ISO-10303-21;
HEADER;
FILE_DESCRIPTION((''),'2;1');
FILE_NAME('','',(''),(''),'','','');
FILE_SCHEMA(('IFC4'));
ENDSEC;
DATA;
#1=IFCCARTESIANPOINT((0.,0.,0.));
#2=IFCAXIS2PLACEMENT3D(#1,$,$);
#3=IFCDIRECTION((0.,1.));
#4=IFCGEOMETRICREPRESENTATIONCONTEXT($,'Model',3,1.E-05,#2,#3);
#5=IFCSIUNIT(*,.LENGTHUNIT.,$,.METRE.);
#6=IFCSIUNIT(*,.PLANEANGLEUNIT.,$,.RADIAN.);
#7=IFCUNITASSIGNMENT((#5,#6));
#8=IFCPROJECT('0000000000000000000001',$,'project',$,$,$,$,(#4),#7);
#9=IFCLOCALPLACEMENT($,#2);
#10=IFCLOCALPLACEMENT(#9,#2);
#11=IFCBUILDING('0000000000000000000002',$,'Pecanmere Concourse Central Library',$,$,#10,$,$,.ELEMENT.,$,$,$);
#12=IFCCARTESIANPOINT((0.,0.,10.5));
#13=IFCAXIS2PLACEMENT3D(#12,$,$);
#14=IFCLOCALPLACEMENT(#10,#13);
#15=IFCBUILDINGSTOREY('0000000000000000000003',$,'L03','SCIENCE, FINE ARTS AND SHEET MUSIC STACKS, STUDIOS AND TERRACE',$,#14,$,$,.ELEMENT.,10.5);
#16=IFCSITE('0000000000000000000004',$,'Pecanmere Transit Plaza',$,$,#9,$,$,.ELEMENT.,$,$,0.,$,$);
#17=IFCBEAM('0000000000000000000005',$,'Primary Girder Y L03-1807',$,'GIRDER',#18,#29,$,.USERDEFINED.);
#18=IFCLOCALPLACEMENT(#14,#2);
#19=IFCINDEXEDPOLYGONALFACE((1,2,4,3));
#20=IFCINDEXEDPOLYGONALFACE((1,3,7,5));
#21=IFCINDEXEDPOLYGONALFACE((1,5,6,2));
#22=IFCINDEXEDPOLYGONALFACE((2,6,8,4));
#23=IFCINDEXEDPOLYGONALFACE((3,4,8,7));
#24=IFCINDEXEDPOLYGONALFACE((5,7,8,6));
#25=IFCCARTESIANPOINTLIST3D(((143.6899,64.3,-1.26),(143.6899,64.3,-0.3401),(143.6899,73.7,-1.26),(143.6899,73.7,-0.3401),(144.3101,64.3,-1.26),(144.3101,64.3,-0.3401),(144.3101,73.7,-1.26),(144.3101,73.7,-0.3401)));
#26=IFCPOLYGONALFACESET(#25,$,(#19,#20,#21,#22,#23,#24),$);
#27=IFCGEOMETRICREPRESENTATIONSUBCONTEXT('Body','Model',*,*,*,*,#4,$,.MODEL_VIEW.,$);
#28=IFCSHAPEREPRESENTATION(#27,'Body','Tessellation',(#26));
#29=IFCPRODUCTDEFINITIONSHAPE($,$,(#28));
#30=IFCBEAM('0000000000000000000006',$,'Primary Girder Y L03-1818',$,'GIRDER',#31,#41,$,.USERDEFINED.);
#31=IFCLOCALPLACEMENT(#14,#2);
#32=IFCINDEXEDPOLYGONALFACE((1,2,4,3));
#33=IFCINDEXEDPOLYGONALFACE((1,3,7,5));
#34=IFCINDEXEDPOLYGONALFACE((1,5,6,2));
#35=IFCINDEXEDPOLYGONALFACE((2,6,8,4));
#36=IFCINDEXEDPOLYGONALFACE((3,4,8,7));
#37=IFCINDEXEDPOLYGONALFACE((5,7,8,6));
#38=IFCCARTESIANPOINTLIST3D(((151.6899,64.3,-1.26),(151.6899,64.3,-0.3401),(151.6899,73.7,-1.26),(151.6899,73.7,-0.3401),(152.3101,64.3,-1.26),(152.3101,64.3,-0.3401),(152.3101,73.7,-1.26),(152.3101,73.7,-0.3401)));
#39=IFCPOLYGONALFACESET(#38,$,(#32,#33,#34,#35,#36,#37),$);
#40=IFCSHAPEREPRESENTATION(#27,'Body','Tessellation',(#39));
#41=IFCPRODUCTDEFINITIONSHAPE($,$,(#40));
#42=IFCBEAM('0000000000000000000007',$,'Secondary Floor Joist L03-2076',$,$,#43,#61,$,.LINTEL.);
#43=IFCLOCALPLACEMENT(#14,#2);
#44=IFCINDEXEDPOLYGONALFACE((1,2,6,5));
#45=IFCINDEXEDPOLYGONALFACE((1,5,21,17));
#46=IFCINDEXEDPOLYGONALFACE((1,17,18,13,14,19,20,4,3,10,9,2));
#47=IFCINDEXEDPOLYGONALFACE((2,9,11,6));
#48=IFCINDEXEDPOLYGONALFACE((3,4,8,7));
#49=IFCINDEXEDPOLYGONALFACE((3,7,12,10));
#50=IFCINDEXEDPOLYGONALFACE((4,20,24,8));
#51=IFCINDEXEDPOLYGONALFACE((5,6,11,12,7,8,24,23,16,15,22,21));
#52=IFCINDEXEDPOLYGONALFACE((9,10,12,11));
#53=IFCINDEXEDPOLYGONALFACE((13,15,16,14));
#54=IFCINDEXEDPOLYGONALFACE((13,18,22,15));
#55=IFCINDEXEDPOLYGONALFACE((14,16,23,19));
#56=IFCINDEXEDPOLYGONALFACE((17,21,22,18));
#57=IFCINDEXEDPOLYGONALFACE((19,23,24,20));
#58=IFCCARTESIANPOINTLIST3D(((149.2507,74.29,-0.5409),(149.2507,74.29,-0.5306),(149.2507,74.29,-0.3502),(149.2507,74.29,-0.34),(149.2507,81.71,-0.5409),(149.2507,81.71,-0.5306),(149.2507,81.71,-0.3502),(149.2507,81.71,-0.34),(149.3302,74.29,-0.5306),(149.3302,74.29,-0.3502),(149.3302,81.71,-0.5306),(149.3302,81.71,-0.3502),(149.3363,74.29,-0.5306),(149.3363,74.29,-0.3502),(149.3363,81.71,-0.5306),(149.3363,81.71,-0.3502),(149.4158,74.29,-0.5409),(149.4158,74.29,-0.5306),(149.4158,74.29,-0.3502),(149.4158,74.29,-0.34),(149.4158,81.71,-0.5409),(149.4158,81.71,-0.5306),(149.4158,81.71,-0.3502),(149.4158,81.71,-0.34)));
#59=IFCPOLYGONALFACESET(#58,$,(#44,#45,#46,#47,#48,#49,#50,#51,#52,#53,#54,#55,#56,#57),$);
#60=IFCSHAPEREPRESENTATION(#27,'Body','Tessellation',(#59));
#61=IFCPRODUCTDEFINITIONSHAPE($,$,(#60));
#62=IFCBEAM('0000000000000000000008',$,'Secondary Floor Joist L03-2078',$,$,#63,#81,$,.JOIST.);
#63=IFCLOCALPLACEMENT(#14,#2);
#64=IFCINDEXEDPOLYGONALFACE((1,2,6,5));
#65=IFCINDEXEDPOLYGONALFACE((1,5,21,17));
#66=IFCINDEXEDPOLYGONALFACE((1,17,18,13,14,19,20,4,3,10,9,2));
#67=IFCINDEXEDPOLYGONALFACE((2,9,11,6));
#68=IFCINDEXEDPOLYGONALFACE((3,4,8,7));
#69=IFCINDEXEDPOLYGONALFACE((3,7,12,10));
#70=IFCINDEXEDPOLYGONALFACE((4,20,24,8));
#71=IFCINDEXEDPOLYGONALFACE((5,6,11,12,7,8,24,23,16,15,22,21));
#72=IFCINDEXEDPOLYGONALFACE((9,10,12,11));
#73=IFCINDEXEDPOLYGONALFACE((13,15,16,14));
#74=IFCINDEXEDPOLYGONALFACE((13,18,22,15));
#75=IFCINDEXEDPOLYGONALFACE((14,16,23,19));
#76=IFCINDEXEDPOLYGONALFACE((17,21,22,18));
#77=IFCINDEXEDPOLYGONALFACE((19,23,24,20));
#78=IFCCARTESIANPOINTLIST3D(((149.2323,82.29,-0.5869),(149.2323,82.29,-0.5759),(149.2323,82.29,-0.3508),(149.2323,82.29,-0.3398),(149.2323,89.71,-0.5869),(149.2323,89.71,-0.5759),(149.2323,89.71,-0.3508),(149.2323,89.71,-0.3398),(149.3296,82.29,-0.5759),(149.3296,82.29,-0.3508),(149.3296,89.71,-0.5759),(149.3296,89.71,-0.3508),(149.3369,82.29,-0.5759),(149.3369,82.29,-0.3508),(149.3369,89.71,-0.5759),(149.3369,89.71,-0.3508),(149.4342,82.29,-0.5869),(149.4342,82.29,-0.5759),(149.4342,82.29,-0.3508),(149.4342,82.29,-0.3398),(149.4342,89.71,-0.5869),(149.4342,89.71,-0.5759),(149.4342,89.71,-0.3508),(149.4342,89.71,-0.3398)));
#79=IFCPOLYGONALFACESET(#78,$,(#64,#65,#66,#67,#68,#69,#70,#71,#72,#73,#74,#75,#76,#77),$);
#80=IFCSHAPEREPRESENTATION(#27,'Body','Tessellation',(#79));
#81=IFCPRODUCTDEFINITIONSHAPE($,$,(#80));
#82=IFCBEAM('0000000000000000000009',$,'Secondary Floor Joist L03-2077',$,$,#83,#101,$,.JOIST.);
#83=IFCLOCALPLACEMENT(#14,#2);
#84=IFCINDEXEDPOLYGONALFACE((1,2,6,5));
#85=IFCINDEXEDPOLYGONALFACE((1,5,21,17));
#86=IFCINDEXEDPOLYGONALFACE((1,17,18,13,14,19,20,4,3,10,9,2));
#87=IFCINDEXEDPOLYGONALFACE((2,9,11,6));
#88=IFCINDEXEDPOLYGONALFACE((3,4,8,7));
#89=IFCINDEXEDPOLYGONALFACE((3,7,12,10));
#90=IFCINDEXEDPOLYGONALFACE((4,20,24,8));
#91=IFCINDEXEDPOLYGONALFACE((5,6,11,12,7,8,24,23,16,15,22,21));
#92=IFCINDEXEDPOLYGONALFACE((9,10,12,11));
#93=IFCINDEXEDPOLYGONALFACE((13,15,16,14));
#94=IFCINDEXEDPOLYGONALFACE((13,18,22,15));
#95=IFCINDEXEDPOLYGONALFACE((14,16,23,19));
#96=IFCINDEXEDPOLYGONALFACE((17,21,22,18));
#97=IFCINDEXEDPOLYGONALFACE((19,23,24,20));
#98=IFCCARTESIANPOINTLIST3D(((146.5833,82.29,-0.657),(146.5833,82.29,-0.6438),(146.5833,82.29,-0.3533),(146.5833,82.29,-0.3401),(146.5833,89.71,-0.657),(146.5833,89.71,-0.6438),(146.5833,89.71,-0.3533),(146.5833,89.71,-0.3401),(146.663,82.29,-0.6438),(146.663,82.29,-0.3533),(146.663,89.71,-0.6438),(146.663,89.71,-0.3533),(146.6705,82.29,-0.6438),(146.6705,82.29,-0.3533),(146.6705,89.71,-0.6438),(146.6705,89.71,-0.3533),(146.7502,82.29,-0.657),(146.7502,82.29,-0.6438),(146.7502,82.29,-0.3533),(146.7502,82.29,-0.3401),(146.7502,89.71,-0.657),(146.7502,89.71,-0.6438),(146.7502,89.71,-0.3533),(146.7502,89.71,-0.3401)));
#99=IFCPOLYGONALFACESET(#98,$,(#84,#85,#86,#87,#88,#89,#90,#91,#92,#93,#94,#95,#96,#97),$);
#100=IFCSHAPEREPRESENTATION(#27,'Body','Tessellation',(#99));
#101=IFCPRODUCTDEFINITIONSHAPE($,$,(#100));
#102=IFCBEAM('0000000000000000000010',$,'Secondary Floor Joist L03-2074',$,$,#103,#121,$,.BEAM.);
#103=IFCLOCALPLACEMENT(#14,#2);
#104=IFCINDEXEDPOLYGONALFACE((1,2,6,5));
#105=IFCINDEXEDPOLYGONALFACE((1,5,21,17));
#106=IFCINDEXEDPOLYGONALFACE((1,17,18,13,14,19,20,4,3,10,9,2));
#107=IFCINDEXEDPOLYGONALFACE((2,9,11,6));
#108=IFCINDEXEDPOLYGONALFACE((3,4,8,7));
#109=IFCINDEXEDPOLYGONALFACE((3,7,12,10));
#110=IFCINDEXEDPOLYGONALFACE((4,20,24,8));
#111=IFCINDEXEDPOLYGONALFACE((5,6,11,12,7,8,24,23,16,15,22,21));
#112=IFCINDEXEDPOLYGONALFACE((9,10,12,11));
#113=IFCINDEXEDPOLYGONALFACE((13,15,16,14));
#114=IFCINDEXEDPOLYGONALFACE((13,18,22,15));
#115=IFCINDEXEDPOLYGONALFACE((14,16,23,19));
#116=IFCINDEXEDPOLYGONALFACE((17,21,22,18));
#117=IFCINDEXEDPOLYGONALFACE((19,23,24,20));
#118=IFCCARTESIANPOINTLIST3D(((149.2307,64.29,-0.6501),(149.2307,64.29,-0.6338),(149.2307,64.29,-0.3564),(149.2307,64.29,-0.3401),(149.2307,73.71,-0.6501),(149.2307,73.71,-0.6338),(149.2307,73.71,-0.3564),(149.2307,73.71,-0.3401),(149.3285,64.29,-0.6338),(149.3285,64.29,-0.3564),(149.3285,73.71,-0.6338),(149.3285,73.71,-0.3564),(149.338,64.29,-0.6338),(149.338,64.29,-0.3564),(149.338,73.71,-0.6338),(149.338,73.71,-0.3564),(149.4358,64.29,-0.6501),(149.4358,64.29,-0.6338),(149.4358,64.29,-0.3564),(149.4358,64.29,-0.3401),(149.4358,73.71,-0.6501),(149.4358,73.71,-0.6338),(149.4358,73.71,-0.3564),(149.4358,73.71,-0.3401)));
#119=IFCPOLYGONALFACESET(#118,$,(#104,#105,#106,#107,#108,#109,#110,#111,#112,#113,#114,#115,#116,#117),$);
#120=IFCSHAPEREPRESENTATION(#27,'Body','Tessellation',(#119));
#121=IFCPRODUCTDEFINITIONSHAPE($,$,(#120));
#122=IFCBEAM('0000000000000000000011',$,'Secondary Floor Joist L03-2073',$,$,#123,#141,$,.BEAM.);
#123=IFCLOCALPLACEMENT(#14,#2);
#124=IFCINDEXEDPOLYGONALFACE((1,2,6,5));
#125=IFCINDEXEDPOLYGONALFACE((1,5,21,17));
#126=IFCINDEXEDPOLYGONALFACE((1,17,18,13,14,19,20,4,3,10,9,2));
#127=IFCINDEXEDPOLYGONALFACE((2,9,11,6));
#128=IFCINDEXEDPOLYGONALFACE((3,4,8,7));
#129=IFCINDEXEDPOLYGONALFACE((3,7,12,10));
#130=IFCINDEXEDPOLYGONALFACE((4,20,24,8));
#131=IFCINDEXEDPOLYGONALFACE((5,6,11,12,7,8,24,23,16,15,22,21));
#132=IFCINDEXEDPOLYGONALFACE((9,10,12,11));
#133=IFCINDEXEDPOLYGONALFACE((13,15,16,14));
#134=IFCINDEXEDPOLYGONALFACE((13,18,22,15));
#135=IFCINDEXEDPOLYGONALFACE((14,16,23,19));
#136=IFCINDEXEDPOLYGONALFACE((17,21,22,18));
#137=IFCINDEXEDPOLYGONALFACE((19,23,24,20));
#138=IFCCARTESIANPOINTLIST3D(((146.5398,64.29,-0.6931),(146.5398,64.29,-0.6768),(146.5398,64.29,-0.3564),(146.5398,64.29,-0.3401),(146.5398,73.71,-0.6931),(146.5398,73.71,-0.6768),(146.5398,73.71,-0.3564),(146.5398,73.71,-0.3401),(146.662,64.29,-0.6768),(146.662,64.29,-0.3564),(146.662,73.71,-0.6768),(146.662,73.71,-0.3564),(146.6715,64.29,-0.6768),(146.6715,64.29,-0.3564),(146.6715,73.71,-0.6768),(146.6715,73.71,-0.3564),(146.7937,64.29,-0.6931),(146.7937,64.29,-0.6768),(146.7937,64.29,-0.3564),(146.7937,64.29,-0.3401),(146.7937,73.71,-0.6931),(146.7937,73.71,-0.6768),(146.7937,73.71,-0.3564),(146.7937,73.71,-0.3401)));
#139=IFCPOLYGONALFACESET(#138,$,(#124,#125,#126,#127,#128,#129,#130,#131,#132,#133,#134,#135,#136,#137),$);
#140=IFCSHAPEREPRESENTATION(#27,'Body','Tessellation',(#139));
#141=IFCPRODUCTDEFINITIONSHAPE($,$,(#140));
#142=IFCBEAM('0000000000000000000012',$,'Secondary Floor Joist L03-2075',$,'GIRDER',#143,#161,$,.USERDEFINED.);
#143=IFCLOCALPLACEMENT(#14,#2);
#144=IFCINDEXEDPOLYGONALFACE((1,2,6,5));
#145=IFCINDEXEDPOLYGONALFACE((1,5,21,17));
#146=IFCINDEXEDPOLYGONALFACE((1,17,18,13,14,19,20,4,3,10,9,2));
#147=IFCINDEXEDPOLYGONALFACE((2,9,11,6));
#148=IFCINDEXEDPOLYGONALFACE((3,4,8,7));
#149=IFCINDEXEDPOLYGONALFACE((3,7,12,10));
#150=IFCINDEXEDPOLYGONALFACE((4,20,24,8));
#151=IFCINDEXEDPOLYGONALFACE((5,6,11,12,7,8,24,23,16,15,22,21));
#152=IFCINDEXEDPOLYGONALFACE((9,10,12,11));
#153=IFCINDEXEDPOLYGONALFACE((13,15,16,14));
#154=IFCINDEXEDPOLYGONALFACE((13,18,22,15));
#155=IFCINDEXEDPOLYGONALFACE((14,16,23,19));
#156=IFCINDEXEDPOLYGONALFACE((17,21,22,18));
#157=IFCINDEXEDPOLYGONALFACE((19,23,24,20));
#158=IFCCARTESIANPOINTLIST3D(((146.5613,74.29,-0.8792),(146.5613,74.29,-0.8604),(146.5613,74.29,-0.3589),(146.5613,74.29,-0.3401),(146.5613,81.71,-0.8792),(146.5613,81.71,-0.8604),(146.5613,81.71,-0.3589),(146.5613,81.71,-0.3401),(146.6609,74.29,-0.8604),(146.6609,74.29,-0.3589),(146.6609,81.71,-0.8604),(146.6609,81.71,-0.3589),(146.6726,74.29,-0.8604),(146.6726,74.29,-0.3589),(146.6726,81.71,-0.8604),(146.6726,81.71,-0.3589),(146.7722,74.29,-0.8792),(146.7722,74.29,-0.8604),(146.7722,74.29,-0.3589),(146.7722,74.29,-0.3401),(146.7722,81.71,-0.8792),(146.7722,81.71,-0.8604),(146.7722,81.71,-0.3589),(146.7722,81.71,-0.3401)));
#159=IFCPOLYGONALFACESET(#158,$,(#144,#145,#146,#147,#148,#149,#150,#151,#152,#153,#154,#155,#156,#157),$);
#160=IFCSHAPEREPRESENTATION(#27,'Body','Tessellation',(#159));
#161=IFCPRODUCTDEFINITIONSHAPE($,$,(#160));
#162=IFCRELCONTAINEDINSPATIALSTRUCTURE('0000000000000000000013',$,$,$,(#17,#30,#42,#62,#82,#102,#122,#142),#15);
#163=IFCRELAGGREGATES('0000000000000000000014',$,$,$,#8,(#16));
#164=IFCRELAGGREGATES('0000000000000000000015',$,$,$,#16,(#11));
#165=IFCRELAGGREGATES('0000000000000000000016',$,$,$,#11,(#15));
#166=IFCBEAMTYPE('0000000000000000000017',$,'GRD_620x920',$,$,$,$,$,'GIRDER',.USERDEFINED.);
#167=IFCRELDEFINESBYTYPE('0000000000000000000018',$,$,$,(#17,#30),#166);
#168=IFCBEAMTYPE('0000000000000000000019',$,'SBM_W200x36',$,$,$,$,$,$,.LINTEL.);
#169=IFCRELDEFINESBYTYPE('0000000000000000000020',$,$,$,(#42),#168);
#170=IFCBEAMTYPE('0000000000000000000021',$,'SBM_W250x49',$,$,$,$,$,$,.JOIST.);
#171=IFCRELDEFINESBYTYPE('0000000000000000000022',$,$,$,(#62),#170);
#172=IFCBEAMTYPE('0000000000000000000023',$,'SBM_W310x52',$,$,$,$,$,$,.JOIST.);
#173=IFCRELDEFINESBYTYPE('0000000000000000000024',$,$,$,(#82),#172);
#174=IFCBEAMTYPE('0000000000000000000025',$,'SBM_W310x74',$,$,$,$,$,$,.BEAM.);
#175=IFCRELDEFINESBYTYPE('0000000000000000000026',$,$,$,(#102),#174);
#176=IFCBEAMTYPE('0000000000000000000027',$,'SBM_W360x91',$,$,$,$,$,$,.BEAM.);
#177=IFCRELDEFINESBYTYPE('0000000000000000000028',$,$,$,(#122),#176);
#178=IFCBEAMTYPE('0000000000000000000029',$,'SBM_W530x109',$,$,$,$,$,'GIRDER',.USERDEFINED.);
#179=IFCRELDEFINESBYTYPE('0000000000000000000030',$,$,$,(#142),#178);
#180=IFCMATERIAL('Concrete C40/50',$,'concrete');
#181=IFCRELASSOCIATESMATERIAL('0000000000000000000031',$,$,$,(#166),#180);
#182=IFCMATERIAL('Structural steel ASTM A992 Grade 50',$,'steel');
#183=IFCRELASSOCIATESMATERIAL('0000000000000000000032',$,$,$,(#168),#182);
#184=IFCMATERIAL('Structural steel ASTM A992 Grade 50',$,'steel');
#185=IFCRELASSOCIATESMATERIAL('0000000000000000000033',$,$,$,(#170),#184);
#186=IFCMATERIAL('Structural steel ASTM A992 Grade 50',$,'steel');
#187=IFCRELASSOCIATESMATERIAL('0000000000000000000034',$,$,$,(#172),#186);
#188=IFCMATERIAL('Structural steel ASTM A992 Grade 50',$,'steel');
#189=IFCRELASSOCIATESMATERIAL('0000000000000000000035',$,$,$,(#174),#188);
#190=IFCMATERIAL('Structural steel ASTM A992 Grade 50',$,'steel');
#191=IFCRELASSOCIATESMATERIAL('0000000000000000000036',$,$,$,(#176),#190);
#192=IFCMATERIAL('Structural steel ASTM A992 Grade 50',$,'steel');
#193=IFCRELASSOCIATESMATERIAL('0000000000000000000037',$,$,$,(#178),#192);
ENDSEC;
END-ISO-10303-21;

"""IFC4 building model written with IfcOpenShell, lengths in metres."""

from ifc_helpers import new_model, si_unit, direction, frame, origin, origin_2d, place, context, subcontext, project, spatial, rectangle, i_section, extrude, material, material_profile, profile_set, type_object, element, save


model = new_model("IFC4")

# Units and contexts
model_context = context("Model", 3, precision=1e-05, world=origin(), true_north=direction((0.0, 1.0)))
body_context = subcontext(model_context, "Body", "Model", "MODEL_VIEW")
ifc_project = project(units=[si_unit("LENGTHUNIT", "METRE"), si_unit("PLANEANGLEUNIT", "RADIAN")], contexts=[model_context])

# Site, building, storey
site_placement = place(None, origin())
site = spatial("IfcSite", under=ifc_project, at=site_placement, Name="Pecanmere Transit Plaza", CompositionType="ELEMENT", RefElevation=0.0)
building_placement = place(site_placement, origin())
building = spatial("IfcBuilding", under=site, at=building_placement, Name="Pecanmere Concourse Central Library", CompositionType="ELEMENT")
storey_placement = place(building_placement, frame((0.0, 0.0, 10.5)))
storey = spatial("IfcBuildingStorey", under=building, at=storey_placement, Name="L03", Description="SCIENCE, FINE ARTS AND SHEET MUSIC STACKS, STUDIOS AND TERRACE", CompositionType="ELEMENT", Elevation=10.5)

# Beams
ifc_material_1 = material(Name="Concrete C40/50", Category="concrete")
ifc_material_profile_1 = material_profile(ifc_material_1, rectangle(XDim=0.6201, YDim=0.9199, at=origin_2d()), Name="RC 620x920")
ifc_profile_set_1 = profile_set([ifc_material_profile_1], Name="Concrete C40/50")
beam_type_1 = type_object("IfcBeamType", Name="GRD_620x920", ElementType="GIRDER", PredefinedType="USERDEFINED", material=ifc_profile_set_1)
for number, where, z_axis, x_axis, name in (
    (1, (144.0, 64.3, -0.8), (0.0, 1.0, 0.0), (-1.0, 0.0, 0.0), "Primary Girder Y L03-1807"),
    (2, (152.0, 64.3, -0.8), (0.0, 1.0, 0.0), (-1.0, 0.0, 0.0), "Primary Girder Y L03-1818"),
):
    element("IfcBeam", number, at=place(storey_placement, frame(where, z_axis=z_axis, x_axis=x_axis)), inside=storey, type_object=beam_type_1, Name=name, ObjectType="GIRDER", PredefinedType="USERDEFINED", context=body_context, shape_type="SweptSolid", body=[
        extrude(rectangle(XDim=0.6201, YDim=0.9199, at=origin_2d()), origin(), (0.0, 0.0, 1.0), 9.3999),
    ])
ifc_material_2 = material(Name="Structural steel ASTM A992 Grade 50", Category="steel")
ifc_material_profile_2 = material_profile(ifc_material_2, i_section(OverallWidth=0.165, OverallDepth=0.2009, WebThickness=0.0061, FlangeThickness=0.0103, at=origin_2d()), Name="W200x35.9")
ifc_profile_set_2 = profile_set([ifc_material_profile_2], Name="Structural steel ASTM A992 Grade 50")
beam_type_2 = type_object("IfcBeamType", Name="SBM_W200x36", PredefinedType="LINTEL", material=ifc_profile_set_2)
beam_1_placement = place(storey_placement, frame((149.3333, 74.29, -0.4404), z_axis=(0.0, 1.0, 0.0), x_axis=(-1.0, 0.0, 0.0)))
element("IfcBeam", 3, at=beam_1_placement, inside=storey, type_object=beam_type_2, Name="Secondary Floor Joist L03-2076", PredefinedType="LINTEL", context=body_context, shape_type="SweptSolid", body=[
    extrude(i_section(OverallWidth=0.165, OverallDepth=0.2009, WebThickness=0.0061, FlangeThickness=0.0103, at=origin_2d()), origin(), (0.0, 0.0, 1.0), 7.4199),
])
ifc_material_3 = material(Name="Structural steel ASTM A992 Grade 50", Category="steel")
ifc_material_profile_3 = material_profile(ifc_material_3, i_section(OverallWidth=0.2019, OverallDepth=0.2471, WebThickness=0.0073, FlangeThickness=0.011, at=origin_2d()), Name="W250x49.1")
ifc_profile_set_3 = profile_set([ifc_material_profile_3], Name="Structural steel ASTM A992 Grade 50")
beam_type_3 = type_object("IfcBeamType", Name="SBM_W250x49", PredefinedType="JOIST", material=ifc_profile_set_3)
beam_2_placement = place(storey_placement, frame((149.3333, 82.29, -0.4634), z_axis=(0.0, 1.0, 0.0), x_axis=(-1.0, 0.0, 0.0)))
element("IfcBeam", 4, at=beam_2_placement, inside=storey, type_object=beam_type_3, Name="Secondary Floor Joist L03-2078", PredefinedType="JOIST", context=body_context, shape_type="SweptSolid", body=[
    extrude(i_section(OverallWidth=0.2019, OverallDepth=0.2471, WebThickness=0.0073, FlangeThickness=0.011, at=origin_2d()), origin(), (0.0, 0.0, 1.0), 7.4199),
])
ifc_material_4 = material(Name="Structural steel ASTM A992 Grade 50", Category="steel")
ifc_material_profile_4 = material_profile(ifc_material_4, i_section(OverallWidth=0.167, OverallDepth=0.3169, WebThickness=0.0076, FlangeThickness=0.0132, at=origin_2d()), Name="W310x52")
ifc_profile_set_4 = profile_set([ifc_material_profile_4], Name="Structural steel ASTM A992 Grade 50")
beam_type_4 = type_object("IfcBeamType", Name="SBM_W310x52", PredefinedType="JOIST", material=ifc_profile_set_4)
beam_3_placement = place(storey_placement, frame((146.6667, 82.29, -0.4985), z_axis=(0.0, 1.0, 0.0), x_axis=(-1.0, 0.0, 0.0)))
element("IfcBeam", 5, at=beam_3_placement, inside=storey, type_object=beam_type_4, Name="Secondary Floor Joist L03-2077", PredefinedType="JOIST", context=body_context, shape_type="SweptSolid", body=[
    extrude(i_section(OverallWidth=0.167, OverallDepth=0.3169, WebThickness=0.0076, FlangeThickness=0.0132, at=origin_2d()), origin(), (0.0, 0.0, 1.0), 7.4199),
])
ifc_material_5 = material(Name="Structural steel ASTM A992 Grade 50", Category="steel")
ifc_material_profile_5 = material_profile(ifc_material_5, i_section(OverallWidth=0.2051, OverallDepth=0.3101, WebThickness=0.0095, FlangeThickness=0.0164, at=origin_2d()), Name="W310x74")
ifc_profile_set_5 = profile_set([ifc_material_profile_5], Name="Structural steel ASTM A992 Grade 50")
beam_type_5 = type_object("IfcBeamType", Name="SBM_W310x74", PredefinedType="BEAM", material=ifc_profile_set_5)
beam_4_placement = place(storey_placement, frame((149.3333, 64.29, -0.4951), z_axis=(0.0, 1.0, 0.0), x_axis=(-1.0, 0.0, 0.0)))
element("IfcBeam", 6, at=beam_4_placement, inside=storey, type_object=beam_type_5, Name="Secondary Floor Joist L03-2074", PredefinedType="BEAM", context=body_context, shape_type="SweptSolid", body=[
    extrude(i_section(OverallWidth=0.2051, OverallDepth=0.3101, WebThickness=0.0095, FlangeThickness=0.0164, at=origin_2d()), origin(), (0.0, 0.0, 1.0), 9.4199),
])
ifc_material_6 = material(Name="Structural steel ASTM A992 Grade 50", Category="steel")
ifc_material_profile_6 = material_profile(ifc_material_6, i_section(OverallWidth=0.2539, OverallDepth=0.353, WebThickness=0.0095, FlangeThickness=0.0164, at=origin_2d()), Name="W360x91")
ifc_profile_set_6 = profile_set([ifc_material_profile_6], Name="Structural steel ASTM A992 Grade 50")
beam_type_6 = type_object("IfcBeamType", Name="SBM_W360x91", PredefinedType="BEAM", material=ifc_profile_set_6)
beam_5_placement = place(storey_placement, frame((146.6667, 64.29, -0.5166), z_axis=(0.0, 1.0, 0.0), x_axis=(-1.0, 0.0, 0.0)))
element("IfcBeam", 7, at=beam_5_placement, inside=storey, type_object=beam_type_6, Name="Secondary Floor Joist L03-2073", PredefinedType="BEAM", context=body_context, shape_type="SweptSolid", body=[
    extrude(i_section(OverallWidth=0.2539, OverallDepth=0.353, WebThickness=0.0095, FlangeThickness=0.0164, at=origin_2d()), origin(), (0.0, 0.0, 1.0), 9.4199),
])
ifc_material_7 = material(Name="Structural steel ASTM A992 Grade 50", Category="steel")
ifc_material_profile_7 = material_profile(ifc_material_7, i_section(OverallWidth=0.2109, OverallDepth=0.5391, WebThickness=0.0117, FlangeThickness=0.0188, at=origin_2d()), Name="W530x109")
ifc_profile_set_7 = profile_set([ifc_material_profile_7], Name="Structural steel ASTM A992 Grade 50")
beam_type_7 = type_object("IfcBeamType", Name="SBM_W530x109", ElementType="GIRDER", PredefinedType="USERDEFINED", material=ifc_profile_set_7)
beam_6_placement = place(storey_placement, frame((146.6667, 74.29, -0.6096), z_axis=(0.0, 1.0, 0.0), x_axis=(-1.0, 0.0, 0.0)))
element("IfcBeam", 8, at=beam_6_placement, inside=storey, type_object=beam_type_7, Name="Secondary Floor Joist L03-2075", ObjectType="GIRDER", PredefinedType="USERDEFINED", context=body_context, shape_type="SweptSolid", body=[
    extrude(i_section(OverallWidth=0.2109, OverallDepth=0.5391, WebThickness=0.0117, FlangeThickness=0.0188, at=origin_2d()), origin(), (0.0, 0.0, 1.0), 7.4199),
])

save(model, "model.ifc")
